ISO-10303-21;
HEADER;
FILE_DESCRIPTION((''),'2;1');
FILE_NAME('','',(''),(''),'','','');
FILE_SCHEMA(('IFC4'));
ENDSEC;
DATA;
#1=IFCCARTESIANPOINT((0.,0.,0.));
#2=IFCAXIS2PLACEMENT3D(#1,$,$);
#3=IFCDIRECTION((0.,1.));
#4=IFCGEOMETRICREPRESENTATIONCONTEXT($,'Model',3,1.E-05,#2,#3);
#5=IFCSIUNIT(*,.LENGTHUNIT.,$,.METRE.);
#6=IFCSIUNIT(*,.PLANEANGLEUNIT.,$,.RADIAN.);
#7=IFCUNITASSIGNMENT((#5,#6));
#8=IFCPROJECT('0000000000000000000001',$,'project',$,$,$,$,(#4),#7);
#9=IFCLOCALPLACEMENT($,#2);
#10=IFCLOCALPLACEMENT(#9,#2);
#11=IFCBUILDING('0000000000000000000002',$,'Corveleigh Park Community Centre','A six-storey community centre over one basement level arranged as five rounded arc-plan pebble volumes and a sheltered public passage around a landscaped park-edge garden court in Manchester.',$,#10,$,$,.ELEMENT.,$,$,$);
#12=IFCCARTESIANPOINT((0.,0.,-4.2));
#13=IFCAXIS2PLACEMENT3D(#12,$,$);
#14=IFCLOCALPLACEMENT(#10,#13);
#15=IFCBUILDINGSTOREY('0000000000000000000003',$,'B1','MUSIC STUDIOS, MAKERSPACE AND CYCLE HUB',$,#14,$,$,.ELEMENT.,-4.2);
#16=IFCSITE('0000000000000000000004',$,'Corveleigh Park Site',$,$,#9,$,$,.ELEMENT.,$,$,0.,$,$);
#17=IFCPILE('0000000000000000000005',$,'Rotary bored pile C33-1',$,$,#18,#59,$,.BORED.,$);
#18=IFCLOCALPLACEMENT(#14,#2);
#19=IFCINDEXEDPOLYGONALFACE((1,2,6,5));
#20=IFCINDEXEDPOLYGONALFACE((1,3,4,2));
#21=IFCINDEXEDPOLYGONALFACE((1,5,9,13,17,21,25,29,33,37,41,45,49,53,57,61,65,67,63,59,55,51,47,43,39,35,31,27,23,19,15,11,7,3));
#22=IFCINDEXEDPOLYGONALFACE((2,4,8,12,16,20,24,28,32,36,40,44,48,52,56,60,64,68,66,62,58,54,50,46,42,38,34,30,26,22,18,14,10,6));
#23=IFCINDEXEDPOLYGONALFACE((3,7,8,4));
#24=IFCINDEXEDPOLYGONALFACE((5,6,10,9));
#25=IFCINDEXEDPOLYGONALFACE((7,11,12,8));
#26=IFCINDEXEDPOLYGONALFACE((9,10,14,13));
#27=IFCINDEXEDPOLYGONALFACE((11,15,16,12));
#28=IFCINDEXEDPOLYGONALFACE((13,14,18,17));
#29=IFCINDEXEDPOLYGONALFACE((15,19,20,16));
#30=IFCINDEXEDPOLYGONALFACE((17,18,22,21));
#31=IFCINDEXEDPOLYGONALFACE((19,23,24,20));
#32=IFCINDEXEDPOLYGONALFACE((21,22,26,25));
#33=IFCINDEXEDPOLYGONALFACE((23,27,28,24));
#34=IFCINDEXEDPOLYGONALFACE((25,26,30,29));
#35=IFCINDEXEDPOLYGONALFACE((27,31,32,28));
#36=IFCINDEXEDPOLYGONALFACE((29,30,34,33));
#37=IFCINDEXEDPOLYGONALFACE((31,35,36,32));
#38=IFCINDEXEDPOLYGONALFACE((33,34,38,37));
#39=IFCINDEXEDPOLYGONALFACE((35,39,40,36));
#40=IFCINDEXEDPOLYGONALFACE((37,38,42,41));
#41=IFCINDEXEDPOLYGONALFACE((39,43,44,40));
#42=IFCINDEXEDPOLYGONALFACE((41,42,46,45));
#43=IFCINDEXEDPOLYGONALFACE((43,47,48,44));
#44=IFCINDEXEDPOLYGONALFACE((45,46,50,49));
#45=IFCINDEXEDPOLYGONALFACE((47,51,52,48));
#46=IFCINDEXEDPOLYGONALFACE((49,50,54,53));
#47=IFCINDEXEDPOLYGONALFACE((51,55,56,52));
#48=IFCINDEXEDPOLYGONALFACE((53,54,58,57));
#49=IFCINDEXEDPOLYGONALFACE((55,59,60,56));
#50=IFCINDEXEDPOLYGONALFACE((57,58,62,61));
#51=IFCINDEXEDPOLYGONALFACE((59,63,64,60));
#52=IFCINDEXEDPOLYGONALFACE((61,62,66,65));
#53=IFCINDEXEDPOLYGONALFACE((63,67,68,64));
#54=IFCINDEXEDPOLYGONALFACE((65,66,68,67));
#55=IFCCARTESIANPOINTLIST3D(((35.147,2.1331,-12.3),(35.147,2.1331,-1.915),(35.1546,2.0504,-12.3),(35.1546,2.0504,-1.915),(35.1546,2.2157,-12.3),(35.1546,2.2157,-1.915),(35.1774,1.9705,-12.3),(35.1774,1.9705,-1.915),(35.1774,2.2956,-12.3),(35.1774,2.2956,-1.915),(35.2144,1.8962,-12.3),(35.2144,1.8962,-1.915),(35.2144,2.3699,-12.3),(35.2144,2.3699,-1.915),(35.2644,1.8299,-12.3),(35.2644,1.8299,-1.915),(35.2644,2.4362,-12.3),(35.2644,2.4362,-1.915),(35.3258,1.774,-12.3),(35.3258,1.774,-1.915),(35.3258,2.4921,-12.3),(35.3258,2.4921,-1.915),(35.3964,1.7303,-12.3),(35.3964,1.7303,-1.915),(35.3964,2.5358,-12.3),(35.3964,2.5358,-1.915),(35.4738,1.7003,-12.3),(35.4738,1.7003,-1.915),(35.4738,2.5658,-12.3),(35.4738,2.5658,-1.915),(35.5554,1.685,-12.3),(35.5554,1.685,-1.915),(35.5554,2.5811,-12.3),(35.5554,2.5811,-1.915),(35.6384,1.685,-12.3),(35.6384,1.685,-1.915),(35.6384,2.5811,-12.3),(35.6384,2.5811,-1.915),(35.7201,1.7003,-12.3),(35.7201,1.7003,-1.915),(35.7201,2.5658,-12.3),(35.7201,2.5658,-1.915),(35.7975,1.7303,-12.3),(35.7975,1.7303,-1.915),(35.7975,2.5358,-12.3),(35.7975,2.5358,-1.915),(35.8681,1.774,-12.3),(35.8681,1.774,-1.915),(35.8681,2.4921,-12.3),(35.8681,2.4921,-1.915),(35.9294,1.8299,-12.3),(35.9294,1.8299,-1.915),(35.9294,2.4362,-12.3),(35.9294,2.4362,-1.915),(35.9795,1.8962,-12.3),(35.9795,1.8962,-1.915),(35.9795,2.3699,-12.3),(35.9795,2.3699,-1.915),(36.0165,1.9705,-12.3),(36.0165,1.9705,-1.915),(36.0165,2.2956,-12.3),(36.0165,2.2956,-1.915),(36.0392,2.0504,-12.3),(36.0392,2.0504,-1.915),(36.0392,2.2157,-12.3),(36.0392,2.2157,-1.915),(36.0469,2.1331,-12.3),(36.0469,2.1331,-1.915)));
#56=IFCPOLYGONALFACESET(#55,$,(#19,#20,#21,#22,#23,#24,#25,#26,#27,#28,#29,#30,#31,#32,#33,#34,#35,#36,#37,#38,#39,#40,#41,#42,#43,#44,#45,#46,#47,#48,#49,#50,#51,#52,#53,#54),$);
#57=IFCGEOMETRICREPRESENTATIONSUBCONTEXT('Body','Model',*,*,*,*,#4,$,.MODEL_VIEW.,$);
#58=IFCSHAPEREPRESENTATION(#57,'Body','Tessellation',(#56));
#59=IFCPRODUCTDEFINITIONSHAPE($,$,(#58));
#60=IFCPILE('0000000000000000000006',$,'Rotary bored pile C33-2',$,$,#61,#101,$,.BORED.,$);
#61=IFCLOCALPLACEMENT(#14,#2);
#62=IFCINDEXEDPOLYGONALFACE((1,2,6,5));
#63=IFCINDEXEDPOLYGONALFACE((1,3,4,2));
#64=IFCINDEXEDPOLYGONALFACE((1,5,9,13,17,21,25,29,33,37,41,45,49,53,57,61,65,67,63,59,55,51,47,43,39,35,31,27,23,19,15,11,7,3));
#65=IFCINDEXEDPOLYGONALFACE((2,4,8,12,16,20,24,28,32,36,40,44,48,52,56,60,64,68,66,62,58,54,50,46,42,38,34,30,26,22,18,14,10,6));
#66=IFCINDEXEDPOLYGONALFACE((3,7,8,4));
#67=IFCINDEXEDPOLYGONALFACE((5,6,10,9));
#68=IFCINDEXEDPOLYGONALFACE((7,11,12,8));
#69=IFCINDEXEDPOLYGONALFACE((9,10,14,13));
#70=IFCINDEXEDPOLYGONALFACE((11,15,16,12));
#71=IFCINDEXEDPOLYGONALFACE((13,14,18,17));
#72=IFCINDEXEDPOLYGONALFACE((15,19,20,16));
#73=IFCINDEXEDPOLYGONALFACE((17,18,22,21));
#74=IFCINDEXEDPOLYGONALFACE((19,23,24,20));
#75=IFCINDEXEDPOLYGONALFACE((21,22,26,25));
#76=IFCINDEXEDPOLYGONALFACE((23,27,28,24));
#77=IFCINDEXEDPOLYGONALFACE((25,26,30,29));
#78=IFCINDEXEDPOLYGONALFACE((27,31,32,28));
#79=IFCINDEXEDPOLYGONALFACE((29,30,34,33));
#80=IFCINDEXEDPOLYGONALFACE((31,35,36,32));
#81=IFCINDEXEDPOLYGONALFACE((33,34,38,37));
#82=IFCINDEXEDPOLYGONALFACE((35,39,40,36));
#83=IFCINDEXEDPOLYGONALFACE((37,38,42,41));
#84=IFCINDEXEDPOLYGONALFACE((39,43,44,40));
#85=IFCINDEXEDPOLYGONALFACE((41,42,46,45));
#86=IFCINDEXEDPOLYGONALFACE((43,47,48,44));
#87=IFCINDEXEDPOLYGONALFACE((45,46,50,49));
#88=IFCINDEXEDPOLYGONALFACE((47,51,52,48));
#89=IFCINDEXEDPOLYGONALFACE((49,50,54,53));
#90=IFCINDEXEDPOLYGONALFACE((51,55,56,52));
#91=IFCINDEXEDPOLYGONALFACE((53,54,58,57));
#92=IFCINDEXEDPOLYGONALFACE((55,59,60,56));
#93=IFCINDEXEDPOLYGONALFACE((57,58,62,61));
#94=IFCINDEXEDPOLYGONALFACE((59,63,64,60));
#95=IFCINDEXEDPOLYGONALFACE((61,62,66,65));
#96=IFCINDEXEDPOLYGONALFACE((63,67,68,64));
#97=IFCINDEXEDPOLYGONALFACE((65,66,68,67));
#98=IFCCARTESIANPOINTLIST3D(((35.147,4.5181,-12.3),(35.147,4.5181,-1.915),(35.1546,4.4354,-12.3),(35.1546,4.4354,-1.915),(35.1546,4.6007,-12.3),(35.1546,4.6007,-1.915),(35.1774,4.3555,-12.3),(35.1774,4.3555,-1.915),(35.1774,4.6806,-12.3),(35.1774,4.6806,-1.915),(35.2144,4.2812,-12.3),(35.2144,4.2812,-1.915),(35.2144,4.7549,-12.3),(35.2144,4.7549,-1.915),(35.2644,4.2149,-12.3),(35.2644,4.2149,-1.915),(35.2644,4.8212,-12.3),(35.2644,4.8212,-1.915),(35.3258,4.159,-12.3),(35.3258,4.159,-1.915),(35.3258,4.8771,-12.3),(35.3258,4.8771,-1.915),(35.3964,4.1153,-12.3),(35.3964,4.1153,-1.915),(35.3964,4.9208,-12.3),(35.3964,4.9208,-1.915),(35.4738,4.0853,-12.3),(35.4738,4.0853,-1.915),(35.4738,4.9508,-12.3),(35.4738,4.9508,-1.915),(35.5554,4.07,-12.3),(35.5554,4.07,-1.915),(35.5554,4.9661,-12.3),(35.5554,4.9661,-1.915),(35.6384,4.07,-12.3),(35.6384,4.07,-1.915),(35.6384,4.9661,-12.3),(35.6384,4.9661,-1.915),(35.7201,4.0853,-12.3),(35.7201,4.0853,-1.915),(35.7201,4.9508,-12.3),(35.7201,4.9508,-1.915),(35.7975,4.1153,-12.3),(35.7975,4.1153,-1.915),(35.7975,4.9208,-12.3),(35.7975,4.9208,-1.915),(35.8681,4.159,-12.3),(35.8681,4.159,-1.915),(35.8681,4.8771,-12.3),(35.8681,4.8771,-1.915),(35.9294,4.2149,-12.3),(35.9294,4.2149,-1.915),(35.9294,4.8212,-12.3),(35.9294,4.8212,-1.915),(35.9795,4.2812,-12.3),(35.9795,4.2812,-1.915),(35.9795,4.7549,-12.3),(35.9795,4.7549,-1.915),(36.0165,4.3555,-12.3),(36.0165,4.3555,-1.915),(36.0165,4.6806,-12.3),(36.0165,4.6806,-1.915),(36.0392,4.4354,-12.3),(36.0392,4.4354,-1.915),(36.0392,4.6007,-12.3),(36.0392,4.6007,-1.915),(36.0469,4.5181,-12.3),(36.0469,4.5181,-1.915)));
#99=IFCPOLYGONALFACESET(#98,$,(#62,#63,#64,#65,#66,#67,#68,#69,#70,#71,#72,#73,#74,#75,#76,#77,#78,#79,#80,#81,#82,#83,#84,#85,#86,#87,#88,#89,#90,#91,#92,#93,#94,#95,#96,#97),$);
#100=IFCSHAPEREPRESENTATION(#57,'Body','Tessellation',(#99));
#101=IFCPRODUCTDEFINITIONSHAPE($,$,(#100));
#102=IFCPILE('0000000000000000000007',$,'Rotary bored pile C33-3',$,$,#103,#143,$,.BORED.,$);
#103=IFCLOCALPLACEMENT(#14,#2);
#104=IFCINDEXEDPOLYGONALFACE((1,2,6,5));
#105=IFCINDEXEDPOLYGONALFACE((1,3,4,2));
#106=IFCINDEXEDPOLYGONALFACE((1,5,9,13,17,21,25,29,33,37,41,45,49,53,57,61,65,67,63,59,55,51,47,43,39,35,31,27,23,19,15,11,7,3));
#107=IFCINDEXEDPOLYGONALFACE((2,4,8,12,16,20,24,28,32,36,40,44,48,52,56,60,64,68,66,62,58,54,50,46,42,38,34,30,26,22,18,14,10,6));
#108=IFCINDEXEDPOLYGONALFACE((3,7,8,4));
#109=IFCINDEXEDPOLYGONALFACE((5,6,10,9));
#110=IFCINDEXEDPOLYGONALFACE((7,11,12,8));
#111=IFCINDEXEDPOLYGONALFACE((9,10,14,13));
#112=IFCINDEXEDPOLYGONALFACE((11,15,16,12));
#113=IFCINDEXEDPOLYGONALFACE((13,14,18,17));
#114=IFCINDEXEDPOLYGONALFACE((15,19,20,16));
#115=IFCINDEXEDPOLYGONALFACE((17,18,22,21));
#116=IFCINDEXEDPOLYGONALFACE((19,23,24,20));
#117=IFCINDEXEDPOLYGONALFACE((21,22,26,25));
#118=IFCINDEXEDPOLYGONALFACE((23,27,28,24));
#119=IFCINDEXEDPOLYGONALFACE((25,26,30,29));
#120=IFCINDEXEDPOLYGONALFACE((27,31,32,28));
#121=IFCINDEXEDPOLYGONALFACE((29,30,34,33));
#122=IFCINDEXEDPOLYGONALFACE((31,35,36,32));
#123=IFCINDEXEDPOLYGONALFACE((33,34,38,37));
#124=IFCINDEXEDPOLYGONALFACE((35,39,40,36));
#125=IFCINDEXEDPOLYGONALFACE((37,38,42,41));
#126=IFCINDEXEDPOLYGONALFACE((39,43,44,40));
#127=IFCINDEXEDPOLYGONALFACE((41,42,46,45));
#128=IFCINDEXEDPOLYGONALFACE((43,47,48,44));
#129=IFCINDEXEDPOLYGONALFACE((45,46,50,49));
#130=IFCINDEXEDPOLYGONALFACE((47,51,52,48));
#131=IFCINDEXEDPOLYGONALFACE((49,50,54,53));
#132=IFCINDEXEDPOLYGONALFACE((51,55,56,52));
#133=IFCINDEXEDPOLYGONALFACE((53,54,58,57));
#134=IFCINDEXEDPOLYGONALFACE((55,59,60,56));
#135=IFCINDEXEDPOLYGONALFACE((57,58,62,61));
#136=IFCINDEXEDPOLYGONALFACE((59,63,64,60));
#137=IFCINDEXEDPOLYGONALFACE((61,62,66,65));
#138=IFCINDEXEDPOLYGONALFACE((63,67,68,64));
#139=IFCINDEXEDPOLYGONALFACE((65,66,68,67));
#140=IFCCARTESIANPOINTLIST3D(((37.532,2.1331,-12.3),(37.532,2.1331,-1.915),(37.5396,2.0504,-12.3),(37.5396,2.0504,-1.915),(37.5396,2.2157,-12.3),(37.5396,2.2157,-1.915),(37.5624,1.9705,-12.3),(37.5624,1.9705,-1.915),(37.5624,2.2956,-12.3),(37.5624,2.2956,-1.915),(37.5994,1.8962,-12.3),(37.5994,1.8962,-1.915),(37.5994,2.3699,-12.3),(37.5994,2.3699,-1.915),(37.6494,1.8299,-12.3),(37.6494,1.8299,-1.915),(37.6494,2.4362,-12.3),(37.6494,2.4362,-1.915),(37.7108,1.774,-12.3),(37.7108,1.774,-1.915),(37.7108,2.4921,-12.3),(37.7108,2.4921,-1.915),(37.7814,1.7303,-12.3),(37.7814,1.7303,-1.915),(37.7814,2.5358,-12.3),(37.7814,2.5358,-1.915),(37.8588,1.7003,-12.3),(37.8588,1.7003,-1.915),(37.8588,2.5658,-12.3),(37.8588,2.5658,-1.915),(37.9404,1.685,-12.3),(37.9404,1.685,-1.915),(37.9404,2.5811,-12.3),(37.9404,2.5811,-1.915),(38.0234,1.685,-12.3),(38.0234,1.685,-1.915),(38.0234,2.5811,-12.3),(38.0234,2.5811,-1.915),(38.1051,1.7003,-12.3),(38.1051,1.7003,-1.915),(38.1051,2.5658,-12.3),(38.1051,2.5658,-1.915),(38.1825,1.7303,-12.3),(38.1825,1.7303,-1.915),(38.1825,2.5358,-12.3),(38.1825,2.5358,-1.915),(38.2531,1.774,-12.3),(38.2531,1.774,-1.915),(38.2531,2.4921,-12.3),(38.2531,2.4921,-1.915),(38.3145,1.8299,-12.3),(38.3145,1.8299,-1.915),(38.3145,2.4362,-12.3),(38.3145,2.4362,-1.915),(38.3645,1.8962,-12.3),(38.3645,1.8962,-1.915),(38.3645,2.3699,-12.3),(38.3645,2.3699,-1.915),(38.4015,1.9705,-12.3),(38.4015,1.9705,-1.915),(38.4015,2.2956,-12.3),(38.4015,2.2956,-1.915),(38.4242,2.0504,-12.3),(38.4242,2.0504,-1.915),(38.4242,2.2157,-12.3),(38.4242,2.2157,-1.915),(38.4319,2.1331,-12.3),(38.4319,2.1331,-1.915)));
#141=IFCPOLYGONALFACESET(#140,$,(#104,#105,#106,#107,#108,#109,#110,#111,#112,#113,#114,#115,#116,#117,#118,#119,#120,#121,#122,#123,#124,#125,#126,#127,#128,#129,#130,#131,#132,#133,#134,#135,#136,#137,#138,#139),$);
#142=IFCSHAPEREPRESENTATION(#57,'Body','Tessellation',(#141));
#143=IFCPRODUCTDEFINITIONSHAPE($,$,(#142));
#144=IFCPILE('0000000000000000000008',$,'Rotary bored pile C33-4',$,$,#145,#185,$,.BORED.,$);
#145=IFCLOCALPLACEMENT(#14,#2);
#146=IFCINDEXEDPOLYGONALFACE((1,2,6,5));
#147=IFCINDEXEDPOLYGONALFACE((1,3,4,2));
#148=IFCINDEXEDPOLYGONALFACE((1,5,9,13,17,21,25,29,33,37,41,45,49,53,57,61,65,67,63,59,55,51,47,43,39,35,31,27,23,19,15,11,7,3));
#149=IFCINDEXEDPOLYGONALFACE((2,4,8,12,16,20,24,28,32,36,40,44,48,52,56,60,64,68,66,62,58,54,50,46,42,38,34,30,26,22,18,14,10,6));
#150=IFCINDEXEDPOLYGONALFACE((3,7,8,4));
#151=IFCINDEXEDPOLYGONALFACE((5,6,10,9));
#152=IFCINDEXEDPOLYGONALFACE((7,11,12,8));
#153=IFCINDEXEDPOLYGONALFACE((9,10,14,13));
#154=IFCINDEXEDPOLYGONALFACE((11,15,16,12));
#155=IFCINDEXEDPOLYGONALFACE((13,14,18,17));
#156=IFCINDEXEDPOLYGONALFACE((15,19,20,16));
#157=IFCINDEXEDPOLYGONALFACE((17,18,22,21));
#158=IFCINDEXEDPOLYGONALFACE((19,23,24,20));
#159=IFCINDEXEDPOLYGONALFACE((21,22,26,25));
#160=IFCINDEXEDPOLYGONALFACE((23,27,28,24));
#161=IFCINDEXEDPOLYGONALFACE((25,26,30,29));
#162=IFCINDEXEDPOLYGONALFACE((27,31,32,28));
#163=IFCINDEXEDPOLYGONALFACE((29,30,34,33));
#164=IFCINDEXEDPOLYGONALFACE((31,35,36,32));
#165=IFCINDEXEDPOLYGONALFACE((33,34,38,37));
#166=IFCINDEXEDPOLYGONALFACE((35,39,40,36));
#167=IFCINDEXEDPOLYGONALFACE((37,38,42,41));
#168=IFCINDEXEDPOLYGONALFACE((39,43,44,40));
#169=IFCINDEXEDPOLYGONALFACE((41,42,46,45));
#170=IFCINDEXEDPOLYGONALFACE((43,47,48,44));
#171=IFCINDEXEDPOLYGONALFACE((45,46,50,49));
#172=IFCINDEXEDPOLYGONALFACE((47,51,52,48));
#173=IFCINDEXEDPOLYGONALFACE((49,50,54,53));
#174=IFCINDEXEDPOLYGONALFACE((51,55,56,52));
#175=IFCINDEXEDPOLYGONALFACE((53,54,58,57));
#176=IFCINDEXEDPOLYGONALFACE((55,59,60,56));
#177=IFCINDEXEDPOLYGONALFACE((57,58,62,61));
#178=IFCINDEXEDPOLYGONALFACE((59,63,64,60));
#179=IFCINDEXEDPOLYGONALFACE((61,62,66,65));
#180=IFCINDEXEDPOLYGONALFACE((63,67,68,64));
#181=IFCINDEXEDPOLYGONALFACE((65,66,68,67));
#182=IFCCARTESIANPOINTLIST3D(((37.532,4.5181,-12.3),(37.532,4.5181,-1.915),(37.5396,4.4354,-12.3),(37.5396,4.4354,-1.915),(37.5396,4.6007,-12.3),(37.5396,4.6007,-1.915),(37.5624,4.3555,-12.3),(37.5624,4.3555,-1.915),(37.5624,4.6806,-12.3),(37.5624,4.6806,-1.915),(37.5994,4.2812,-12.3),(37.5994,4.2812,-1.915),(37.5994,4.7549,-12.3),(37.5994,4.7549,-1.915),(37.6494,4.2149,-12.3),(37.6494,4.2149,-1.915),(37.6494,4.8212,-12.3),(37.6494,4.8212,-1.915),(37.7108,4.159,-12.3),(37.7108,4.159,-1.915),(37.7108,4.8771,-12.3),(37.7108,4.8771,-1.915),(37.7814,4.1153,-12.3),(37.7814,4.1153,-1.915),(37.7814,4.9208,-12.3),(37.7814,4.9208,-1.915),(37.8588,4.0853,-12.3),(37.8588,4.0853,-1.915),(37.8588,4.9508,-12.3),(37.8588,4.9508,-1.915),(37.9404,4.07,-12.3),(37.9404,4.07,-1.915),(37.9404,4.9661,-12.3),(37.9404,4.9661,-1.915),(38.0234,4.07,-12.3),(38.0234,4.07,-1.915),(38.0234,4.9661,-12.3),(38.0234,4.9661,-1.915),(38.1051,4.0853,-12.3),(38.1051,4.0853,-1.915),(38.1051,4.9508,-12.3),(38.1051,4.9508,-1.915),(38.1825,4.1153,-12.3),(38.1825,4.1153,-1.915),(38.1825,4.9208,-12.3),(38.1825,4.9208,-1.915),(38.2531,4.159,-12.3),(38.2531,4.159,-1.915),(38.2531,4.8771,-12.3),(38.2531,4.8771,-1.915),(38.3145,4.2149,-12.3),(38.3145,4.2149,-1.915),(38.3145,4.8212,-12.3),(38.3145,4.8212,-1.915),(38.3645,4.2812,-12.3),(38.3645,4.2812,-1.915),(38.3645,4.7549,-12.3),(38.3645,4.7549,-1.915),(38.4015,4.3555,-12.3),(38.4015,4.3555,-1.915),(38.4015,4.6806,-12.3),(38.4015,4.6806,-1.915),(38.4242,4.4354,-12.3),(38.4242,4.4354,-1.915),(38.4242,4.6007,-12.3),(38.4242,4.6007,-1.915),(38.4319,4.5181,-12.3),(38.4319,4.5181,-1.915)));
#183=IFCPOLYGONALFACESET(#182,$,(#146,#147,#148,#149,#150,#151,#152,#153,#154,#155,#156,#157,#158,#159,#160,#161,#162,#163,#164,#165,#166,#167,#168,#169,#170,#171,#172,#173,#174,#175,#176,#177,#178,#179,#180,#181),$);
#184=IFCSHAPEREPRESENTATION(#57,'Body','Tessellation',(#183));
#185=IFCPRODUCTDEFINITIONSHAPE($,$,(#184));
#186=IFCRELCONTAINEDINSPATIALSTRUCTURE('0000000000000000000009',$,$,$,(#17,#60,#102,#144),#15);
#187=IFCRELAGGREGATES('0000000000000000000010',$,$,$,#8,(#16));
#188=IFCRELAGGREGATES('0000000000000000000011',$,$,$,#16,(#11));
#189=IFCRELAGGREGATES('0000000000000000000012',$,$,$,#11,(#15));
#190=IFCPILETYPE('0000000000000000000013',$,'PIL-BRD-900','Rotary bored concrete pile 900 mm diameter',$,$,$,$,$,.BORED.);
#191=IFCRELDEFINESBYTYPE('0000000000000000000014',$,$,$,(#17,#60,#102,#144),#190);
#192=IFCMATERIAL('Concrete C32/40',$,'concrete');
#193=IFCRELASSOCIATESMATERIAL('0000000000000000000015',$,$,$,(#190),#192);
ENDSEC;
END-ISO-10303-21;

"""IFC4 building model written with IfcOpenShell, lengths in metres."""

from ifc_helpers import new_model, si_unit, direction, frame, origin, origin_2d, place, context, subcontext, project, spatial, circle, extrude, material, material_profile, profile_set, type_object, element, save


model = new_model("IFC4")

# Units and contexts
model_context = context("Model", 3, precision=1e-05, world=origin(), true_north=direction((0.0, 1.0)))
body_context = subcontext(model_context, "Body", "Model", "MODEL_VIEW")
ifc_project = project(units=[si_unit("LENGTHUNIT", "METRE"), si_unit("PLANEANGLEUNIT", "RADIAN")], contexts=[model_context])

# Site, building, storey
site_placement = place(None, origin())
site = spatial("IfcSite", under=ifc_project, at=site_placement, Name="Corveleigh Park Site", CompositionType="ELEMENT", RefElevation=0.0)
building_placement = place(site_placement, origin())
building = spatial("IfcBuilding", under=site, at=building_placement, Name="Corveleigh Park Community Centre", Description="A six-storey community centre over one basement level arranged as five rounded arc-plan pebble volumes and a sheltered public passage around a landscaped park-edge garden court in Manchester.", CompositionType="ELEMENT")
storey_placement = place(building_placement, frame((0.0, 0.0, -4.2)))
storey = spatial("IfcBuildingStorey", under=building, at=storey_placement, Name="B1", Description="MUSIC STUDIOS, MAKERSPACE AND CYCLE HUB", CompositionType="ELEMENT", Elevation=-4.2)

# Piles
ifc_material_1 = material(Name="Concrete C32/40", Category="concrete")
ifc_material_profile_1 = material_profile(ifc_material_1, circle(Radius=0.45, at=origin_2d()), Name="BORED-PILE-900", Category="concrete")
ifc_profile_set_1 = profile_set([ifc_material_profile_1], Name="Concrete C32/40")
pile_type_1 = type_object("IfcPileType", Name="PIL-BRD-900", Description="Rotary bored concrete pile 900 mm diameter", PredefinedType="BORED", material=ifc_profile_set_1)
for number, where, z_axis, x_axis, name in (
    (1, (35.5969, 2.1331, -1.915), (0.0, 0.0, -1.0), (1.0, 0.0, 0.0), "Rotary bored pile C33-1"),
    (2, (35.5969, 4.5181, -1.915), (0.0, 0.0, -1.0), (1.0, 0.0, 0.0), "Rotary bored pile C33-2"),
    (3, (37.9819, 2.1331, -1.915), (0.0, 0.0, -1.0), (1.0, 0.0, 0.0), "Rotary bored pile C33-3"),
    (4, (37.9819, 4.5181, -1.915), (0.0, 0.0, -1.0), (1.0, 0.0, 0.0), "Rotary bored pile C33-4"),
):
    element("IfcPile", number, at=place(storey_placement, frame(where, z_axis=z_axis, x_axis=x_axis)), inside=storey, type_object=pile_type_1, Name=name, PredefinedType="BORED", context=body_context, shape_type="SweptSolid", body=[
        extrude(circle(Radius=0.45, at=origin_2d()), origin(), (0.0, 0.0, 1.0), 10.385),
    ])

save(model, "model.ifc")
